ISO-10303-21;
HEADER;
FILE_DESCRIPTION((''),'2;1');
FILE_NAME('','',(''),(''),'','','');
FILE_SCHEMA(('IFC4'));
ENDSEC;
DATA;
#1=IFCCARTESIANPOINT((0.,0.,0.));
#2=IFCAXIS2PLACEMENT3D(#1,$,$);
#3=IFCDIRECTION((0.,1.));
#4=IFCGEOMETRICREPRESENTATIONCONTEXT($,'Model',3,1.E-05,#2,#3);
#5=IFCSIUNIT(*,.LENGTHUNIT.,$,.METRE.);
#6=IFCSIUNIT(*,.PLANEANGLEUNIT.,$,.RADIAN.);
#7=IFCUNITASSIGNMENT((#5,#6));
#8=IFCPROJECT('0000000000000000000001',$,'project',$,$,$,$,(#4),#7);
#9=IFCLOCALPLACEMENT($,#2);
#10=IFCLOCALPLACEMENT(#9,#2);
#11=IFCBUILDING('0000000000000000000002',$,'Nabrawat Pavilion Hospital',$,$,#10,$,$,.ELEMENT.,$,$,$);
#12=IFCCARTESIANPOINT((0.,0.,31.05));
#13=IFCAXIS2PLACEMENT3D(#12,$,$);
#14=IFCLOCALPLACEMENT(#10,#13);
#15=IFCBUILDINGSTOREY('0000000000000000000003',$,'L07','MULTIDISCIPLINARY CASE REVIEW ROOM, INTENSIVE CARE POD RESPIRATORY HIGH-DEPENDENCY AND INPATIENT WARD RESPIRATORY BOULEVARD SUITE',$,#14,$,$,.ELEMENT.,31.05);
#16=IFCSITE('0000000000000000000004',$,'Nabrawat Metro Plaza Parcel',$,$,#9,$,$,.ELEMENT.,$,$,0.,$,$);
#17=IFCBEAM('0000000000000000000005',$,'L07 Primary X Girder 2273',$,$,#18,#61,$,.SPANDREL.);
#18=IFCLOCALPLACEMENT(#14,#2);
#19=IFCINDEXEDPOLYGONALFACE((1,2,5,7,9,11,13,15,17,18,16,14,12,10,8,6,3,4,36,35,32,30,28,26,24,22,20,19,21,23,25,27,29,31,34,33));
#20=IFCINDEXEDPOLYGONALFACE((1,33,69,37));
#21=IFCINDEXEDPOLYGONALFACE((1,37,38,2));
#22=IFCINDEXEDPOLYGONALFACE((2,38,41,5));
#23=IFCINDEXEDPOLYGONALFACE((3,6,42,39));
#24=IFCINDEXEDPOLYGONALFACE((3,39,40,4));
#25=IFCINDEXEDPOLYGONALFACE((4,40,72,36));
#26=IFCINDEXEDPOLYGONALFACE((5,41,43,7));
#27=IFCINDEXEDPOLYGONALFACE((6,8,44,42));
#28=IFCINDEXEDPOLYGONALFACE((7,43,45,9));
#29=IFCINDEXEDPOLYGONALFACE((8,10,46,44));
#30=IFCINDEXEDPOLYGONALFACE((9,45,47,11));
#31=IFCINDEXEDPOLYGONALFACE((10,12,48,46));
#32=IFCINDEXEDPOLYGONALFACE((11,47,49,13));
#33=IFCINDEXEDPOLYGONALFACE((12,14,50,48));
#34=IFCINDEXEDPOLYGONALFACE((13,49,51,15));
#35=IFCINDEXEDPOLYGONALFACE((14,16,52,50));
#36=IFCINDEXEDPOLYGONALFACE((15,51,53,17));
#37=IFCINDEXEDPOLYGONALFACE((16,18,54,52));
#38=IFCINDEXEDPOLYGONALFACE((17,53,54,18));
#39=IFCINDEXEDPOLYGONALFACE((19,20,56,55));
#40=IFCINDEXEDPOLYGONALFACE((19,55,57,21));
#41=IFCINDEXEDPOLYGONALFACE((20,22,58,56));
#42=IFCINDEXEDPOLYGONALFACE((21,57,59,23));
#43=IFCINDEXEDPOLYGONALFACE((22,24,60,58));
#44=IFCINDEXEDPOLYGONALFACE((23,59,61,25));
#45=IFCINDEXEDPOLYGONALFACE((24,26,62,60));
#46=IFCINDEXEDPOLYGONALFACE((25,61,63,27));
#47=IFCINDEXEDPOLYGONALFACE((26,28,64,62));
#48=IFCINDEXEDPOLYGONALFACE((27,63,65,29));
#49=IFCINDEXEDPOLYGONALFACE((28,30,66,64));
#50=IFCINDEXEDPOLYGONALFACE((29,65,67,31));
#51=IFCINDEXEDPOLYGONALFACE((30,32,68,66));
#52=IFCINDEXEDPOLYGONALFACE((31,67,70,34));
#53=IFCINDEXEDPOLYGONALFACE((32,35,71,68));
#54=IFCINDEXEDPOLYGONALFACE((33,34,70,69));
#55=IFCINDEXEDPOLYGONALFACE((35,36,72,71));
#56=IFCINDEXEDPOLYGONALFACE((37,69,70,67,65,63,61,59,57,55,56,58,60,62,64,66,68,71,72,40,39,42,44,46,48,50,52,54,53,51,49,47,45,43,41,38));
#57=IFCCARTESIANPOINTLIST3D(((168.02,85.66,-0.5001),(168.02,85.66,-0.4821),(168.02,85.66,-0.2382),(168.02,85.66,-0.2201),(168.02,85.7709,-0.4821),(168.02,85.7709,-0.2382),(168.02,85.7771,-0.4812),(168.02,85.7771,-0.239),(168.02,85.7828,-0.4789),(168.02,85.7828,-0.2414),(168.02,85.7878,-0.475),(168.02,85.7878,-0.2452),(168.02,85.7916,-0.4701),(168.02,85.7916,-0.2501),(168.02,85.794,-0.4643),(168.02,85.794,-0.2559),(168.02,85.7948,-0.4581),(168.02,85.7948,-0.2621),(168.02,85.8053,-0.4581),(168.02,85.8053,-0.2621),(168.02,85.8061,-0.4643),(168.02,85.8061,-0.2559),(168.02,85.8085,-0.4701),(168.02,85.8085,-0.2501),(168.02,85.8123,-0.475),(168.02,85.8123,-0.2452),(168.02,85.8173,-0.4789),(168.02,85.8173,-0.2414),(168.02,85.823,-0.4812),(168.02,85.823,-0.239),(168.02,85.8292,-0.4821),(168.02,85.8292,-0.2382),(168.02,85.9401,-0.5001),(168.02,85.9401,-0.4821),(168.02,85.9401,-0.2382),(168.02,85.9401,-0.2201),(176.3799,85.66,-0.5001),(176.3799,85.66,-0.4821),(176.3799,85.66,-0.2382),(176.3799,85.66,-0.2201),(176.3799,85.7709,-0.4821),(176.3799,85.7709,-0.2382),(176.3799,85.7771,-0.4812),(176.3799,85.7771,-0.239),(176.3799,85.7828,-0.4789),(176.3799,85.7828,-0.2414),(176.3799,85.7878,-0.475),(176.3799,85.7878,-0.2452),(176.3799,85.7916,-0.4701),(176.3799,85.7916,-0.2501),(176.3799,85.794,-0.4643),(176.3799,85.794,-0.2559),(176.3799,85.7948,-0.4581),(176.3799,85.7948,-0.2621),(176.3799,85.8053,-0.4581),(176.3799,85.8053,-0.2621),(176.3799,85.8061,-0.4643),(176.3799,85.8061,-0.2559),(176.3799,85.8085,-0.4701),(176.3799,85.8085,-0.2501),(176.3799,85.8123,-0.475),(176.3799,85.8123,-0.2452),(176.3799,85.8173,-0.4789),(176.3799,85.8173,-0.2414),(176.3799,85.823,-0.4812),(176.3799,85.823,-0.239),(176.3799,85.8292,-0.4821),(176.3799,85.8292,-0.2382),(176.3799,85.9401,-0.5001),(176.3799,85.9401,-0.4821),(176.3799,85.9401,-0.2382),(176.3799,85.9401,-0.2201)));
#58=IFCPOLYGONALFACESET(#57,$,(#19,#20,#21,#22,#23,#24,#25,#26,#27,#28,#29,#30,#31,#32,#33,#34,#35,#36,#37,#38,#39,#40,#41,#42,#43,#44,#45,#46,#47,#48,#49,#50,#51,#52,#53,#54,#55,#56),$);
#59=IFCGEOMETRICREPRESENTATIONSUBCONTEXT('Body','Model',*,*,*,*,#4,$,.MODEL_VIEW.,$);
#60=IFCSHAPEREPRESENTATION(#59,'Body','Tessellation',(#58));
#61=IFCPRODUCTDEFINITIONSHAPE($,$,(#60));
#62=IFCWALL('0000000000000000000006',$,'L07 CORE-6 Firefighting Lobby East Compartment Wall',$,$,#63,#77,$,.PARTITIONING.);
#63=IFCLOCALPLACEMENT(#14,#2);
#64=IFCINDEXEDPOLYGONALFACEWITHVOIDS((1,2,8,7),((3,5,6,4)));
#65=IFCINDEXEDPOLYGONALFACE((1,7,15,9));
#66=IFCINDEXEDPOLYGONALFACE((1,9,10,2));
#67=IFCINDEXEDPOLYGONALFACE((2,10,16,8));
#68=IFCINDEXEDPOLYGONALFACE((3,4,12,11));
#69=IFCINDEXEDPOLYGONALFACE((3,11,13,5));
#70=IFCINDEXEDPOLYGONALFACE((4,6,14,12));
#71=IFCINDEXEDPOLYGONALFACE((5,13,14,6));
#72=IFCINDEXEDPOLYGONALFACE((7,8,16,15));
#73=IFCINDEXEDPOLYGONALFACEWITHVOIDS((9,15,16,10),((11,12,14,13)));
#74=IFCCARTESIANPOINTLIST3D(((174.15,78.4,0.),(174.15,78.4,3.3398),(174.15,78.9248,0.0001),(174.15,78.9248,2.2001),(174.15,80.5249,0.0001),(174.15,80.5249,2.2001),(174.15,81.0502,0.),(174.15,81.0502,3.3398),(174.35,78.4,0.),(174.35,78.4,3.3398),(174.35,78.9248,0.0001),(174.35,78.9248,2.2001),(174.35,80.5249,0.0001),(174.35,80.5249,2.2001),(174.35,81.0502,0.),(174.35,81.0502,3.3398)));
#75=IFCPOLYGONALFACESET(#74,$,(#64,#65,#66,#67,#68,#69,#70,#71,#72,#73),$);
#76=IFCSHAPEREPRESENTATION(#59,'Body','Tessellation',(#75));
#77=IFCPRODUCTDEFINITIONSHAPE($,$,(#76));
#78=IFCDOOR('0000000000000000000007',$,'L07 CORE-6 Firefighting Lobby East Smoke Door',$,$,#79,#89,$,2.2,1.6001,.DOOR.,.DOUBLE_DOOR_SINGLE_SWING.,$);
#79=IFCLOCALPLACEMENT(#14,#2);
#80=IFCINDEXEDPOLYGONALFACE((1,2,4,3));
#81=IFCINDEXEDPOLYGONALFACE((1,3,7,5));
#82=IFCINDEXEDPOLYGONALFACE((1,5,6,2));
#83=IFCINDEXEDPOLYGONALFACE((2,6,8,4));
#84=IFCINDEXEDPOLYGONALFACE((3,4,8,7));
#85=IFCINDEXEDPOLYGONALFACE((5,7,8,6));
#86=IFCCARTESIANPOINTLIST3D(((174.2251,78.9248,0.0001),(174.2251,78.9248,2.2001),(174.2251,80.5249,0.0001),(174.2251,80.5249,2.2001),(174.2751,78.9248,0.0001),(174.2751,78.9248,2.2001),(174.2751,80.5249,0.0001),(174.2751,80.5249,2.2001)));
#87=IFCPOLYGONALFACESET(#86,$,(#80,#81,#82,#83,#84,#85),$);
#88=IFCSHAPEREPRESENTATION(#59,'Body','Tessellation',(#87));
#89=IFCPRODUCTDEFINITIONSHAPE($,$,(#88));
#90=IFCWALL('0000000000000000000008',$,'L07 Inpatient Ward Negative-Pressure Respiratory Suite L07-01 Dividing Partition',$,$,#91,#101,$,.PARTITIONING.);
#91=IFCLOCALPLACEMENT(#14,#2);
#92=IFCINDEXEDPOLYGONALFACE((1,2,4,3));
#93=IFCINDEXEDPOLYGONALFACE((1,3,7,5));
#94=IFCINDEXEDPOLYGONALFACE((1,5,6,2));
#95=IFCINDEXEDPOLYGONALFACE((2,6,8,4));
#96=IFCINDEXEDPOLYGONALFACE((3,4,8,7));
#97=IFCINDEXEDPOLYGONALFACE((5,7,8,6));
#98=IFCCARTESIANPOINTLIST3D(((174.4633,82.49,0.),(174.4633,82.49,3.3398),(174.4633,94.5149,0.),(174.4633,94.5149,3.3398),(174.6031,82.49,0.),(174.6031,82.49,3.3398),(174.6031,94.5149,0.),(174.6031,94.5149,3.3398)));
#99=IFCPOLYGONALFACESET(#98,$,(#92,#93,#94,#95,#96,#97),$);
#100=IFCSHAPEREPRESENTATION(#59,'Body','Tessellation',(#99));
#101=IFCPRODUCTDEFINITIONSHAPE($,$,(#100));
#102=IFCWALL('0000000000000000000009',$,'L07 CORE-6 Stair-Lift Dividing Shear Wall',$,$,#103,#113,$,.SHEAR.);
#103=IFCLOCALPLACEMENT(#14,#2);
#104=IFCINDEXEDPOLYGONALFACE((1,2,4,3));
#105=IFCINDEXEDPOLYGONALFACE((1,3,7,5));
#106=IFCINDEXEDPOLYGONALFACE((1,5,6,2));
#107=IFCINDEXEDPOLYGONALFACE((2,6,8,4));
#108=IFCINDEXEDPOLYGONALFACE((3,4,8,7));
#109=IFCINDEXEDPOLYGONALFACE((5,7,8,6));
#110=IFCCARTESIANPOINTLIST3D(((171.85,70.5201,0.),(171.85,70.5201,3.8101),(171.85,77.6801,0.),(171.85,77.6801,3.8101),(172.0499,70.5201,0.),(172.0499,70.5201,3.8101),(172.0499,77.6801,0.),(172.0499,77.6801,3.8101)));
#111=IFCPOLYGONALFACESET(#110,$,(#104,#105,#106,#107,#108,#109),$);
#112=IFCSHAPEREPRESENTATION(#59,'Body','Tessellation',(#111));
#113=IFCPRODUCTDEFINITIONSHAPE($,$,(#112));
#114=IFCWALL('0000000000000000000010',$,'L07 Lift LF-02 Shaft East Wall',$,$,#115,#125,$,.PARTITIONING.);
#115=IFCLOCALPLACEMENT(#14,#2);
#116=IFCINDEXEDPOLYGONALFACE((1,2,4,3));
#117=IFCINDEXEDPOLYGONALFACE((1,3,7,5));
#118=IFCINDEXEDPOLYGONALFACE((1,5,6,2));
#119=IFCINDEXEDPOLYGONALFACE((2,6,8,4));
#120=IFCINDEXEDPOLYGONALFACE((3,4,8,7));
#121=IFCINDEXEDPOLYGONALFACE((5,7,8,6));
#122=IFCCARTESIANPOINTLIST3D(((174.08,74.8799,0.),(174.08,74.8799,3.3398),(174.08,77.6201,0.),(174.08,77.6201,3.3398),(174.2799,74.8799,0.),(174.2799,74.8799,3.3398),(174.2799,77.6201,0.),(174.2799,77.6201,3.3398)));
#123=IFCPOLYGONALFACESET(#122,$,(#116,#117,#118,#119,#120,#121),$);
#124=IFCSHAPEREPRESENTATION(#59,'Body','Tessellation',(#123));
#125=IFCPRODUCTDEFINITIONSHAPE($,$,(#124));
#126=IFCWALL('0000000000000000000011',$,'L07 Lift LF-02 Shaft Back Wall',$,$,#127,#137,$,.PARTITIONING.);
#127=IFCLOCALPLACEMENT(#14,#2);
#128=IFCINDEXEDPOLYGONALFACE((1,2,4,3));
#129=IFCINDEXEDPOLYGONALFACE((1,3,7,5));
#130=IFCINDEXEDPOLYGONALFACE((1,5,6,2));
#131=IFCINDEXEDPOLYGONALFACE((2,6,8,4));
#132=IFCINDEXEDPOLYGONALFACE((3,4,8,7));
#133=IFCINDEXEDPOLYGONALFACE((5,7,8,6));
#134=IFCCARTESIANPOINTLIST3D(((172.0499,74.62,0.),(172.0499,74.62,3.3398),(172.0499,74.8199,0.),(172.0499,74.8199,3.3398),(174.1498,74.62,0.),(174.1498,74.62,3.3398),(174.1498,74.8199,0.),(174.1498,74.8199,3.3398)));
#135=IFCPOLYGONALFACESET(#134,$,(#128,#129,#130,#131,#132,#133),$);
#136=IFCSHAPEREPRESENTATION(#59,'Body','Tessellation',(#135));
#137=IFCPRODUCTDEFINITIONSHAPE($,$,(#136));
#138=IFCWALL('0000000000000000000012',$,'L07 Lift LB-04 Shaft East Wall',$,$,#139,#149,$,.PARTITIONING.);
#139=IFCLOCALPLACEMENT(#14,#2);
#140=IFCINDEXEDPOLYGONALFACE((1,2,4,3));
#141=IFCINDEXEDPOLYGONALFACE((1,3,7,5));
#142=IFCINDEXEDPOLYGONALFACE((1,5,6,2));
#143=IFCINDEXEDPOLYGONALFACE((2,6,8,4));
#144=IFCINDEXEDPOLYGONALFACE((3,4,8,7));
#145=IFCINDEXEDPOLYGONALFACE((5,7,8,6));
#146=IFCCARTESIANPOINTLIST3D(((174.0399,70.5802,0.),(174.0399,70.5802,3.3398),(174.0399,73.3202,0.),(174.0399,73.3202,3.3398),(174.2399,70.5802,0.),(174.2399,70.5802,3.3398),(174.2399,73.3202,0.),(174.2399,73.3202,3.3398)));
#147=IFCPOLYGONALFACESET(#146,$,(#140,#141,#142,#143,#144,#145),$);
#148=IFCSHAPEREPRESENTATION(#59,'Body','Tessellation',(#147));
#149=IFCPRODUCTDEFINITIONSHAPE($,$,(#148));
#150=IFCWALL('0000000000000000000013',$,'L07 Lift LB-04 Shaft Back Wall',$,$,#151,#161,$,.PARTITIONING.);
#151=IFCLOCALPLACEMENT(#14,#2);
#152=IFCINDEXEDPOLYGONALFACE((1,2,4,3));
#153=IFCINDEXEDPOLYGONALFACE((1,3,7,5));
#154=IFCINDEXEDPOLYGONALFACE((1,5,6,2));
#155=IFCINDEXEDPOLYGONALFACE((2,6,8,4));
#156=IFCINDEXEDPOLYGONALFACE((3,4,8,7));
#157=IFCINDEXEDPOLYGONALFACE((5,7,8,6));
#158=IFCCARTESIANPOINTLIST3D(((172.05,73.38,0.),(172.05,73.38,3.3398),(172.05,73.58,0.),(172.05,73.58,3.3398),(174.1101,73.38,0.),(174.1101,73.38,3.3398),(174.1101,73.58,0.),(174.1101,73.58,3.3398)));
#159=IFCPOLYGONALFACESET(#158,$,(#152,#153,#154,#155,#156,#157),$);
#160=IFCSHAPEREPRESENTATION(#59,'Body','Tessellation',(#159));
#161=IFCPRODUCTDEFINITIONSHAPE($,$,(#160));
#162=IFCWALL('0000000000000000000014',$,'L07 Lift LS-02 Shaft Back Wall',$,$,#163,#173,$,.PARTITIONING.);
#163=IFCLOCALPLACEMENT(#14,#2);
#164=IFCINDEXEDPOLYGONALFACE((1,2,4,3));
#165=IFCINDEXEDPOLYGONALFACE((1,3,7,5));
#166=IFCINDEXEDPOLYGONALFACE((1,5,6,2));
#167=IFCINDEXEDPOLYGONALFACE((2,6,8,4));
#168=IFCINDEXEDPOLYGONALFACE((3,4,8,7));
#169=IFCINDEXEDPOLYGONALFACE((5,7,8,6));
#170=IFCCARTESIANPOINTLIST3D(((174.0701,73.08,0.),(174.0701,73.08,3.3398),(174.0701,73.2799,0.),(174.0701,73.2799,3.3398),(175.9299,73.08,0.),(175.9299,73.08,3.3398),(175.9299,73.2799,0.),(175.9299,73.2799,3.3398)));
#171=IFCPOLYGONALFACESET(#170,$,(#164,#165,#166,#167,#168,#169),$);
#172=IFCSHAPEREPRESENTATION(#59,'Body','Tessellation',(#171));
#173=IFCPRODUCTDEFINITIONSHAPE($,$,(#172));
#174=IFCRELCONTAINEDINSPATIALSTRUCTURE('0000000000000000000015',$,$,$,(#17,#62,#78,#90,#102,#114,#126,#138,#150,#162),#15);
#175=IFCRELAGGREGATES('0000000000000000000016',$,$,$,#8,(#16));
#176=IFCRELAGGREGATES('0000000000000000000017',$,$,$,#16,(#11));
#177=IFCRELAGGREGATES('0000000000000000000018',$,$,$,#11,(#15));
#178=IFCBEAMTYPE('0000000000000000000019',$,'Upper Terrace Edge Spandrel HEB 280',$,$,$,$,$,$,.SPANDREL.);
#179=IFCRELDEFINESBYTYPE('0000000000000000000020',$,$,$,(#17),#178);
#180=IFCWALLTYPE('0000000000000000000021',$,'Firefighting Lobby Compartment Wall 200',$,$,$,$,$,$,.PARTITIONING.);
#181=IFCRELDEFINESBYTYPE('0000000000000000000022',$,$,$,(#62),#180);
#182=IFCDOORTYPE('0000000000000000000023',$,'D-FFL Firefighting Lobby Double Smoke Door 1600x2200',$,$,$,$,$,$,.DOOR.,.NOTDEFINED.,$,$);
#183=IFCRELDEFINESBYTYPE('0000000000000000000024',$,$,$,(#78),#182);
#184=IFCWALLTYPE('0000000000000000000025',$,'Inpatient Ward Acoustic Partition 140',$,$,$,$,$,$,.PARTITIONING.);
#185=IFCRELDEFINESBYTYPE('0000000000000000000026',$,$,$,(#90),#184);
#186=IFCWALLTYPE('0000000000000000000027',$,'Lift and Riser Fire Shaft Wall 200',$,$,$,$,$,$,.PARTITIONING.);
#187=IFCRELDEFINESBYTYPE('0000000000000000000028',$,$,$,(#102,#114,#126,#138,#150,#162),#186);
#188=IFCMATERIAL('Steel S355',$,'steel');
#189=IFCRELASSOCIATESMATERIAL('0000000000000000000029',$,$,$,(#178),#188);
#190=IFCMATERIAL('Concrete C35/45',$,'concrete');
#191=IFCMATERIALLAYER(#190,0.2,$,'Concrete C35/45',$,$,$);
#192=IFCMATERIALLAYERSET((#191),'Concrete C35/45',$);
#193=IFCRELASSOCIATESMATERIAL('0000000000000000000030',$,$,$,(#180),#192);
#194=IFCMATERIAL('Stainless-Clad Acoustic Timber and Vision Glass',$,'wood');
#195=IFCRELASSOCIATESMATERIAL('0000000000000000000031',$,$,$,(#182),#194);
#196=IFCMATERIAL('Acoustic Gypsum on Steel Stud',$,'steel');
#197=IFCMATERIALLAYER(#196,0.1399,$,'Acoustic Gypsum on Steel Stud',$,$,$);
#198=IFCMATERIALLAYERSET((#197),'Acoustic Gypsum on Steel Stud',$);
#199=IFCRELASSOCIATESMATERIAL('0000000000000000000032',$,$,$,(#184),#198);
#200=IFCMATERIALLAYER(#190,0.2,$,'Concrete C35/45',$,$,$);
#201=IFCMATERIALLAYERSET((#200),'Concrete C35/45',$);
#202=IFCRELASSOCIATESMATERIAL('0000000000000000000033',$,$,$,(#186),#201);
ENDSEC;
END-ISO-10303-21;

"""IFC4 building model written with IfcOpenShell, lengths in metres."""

from ifc_helpers import new_model, si_unit, direction, frame, frame_2d, origin, origin_2d, place, context, subcontext, project, spatial, rectangle, i_section, extrude, material, layer, layer_set, material_profile, profile_set, type_object, element, fill, save


model = new_model("IFC4")

# Units and contexts
model_context = context("Model", 3, precision=1e-05, world=origin(), true_north=direction((0.0, 1.0)))
body_context = subcontext(model_context, "Body", "Model", "MODEL_VIEW")
ifc_project = project(units=[si_unit("LENGTHUNIT", "METRE"), si_unit("PLANEANGLEUNIT", "RADIAN")], contexts=[model_context])

# Site, building, storey
site_placement = place(None, origin())
site = spatial("IfcSite", under=ifc_project, at=site_placement, Name="Nabrawat Metro Plaza Parcel", CompositionType="ELEMENT", RefElevation=0.0)
building_placement = place(site_placement, origin())
building = spatial("IfcBuilding", under=site, at=building_placement, Name="Nabrawat Pavilion Hospital", CompositionType="ELEMENT")
storey_placement = place(building_placement, frame((0.0, 0.0, 31.05)))
storey = spatial("IfcBuildingStorey", under=building, at=storey_placement, Name="L07", Description="MULTIDISCIPLINARY CASE REVIEW ROOM, INTENSIVE CARE POD RESPIRATORY HIGH-DEPENDENCY AND INPATIENT WARD RESPIRATORY BOULEVARD SUITE", CompositionType="ELEMENT", Elevation=31.05)

# Shared definitions
ifc_material_1 = material(Name="Steel S355", Category="steel")

# Beam
ifc_material_profile_1 = material_profile(ifc_material_1, i_section(OverallWidth=0.28, OverallDepth=0.28, WebThickness=0.0105, FlangeThickness=0.0181, FilletRadius=0.0239, at=origin_2d()), Name="HEB 280")
ifc_profile_set_1 = profile_set([ifc_material_profile_1], Name="Steel S355")
beam_type_1 = type_object("IfcBeamType", Name="Upper Terrace Edge Spandrel HEB 280", PredefinedType="SPANDREL", material=ifc_profile_set_1)
beam_1_placement = place(storey_placement, frame((168.02, 85.8, -0.3601), z_axis=(1.0, 0.0, 0.0), x_axis=(0.0, 1.0, 0.0)))
element("IfcBeam", 1, at=beam_1_placement, inside=storey, type_object=beam_type_1, Name="L07 Primary X Girder 2273", PredefinedType="SPANDREL", context=body_context, shape_type="SweptSolid", body=[
    extrude(i_section(OverallWidth=0.28, OverallDepth=0.28, WebThickness=0.0105, FlangeThickness=0.0181, FilletRadius=0.0239, at=origin_2d()), origin(), (0.0, 0.0, 1.0), 8.3599),
])

# Wall, opening, door
ifc_material_2 = material(Name="Concrete C35/45", Category="concrete")
ifc_layer_1 = layer(ifc_material_2, 0.2, Name="Concrete C35/45")
ifc_layer_set_1 = layer_set([ifc_layer_1], Name="Concrete C35/45")
wall_type_1 = type_object("IfcWallType", Name="Firefighting Lobby Compartment Wall 200", PredefinedType="PARTITIONING", material=ifc_layer_set_1)
wall_1_placement = place(storey_placement, frame((174.25, 78.3999, 0.0), z_axis=(0.0, 0.0, 1.0), x_axis=(0.0, 1.0, 0.0)))
wall_1 = element("IfcWall", 2, at=wall_1_placement, inside=storey, type_object=wall_type_1, Name="L07 CORE-6 Firefighting Lobby East Compartment Wall", PredefinedType="PARTITIONING", context=body_context, shape_type="SweptSolid", body=[
    extrude(rectangle(XDim=2.6501, YDim=0.2, at=frame_2d((1.3252, 0.0))), origin(), (0.0, 0.0, 1.0), 3.3398),
])
opening_1_placement = place(wall_1_placement, frame((0.5249, 0.0, 0.0)))
opening_1 = element("IfcOpeningElement", 3, at=opening_1_placement, cuts=wall_1, PredefinedType="OPENING", context=body_context, shape_type="SweptSolid", body=[
    extrude(rectangle(XDim=1.6001, YDim=2.2, at=frame_2d((0.8, 1.1001))), frame((0.0, 0.1099, 0.0), z_axis=(0.0, -1.0, 0.0), x_axis=(1.0, 0.0, 0.0)), (0.0, 0.0, 1.0), 0.22),
])
ifc_material_3 = material(Name="Stainless-Clad Acoustic Timber and Vision Glass", Category="wood")
door_type_1 = type_object("IfcDoorType", Name="D-FFL Firefighting Lobby Double Smoke Door 1600x2200", OperationType="NOTDEFINED", PredefinedType="DOOR", material=ifc_material_3)
door_1_placement = place(opening_1_placement, origin())
door_1 = element("IfcDoor", 4, at=door_1_placement, inside=storey, type_object=door_type_1, Name="L07 CORE-6 Firefighting Lobby East Smoke Door", OperationType="DOUBLE_DOOR_SINGLE_SWING", OverallHeight=2.2, OverallWidth=1.6001, PredefinedType="DOOR", context=body_context, shape_type="SweptSolid", body=[
    extrude(rectangle(XDim=1.6001, YDim=2.2, at=frame_2d((0.8, 1.1001))), frame((0.0, 0.0249, 0.0), z_axis=(0.0, -1.0, 0.0), x_axis=(1.0, 0.0, 0.0)), (0.0, 0.0, 1.0), 0.05),
])
fill(opening_1, door_1)

# Walls
ifc_material_4 = material(Name="Acoustic Gypsum on Steel Stud", Category="steel")
ifc_layer_2 = layer(ifc_material_4, 0.1399, Name="Acoustic Gypsum on Steel Stud")
ifc_layer_set_2 = layer_set([ifc_layer_2], Name="Acoustic Gypsum on Steel Stud")
wall_type_2 = type_object("IfcWallType", Name="Inpatient Ward Acoustic Partition 140", PredefinedType="PARTITIONING", material=ifc_layer_set_2)
wall_2_placement = place(storey_placement, frame((174.5332, 82.49, 0.0), z_axis=(0.0, 0.0, 1.0), x_axis=(0.0, 1.0, 0.0)))
element("IfcWall", 5, at=wall_2_placement, inside=storey, type_object=wall_type_2, Name="L07 Inpatient Ward Negative-Pressure Respiratory Suite L07-01 Dividing Partition", PredefinedType="PARTITIONING", context=body_context, shape_type="SweptSolid", body=[
    extrude(rectangle(XDim=12.0249, YDim=0.1399, at=frame_2d((6.0125, 0.0))), origin(), (0.0, 0.0, 1.0), 3.3398),
])
ifc_layer_3 = layer(ifc_material_2, 0.2, Name="Concrete C35/45")
ifc_layer_set_3 = layer_set([ifc_layer_3], Name="Concrete C35/45")
wall_type_3 = type_object("IfcWallType", Name="Lift and Riser Fire Shaft Wall 200", PredefinedType="PARTITIONING", material=ifc_layer_set_3)
wall_3_placement = place(storey_placement, frame((171.95, 70.52, 0.0), z_axis=(0.0, 0.0, 1.0), x_axis=(0.0, 1.0, 0.0)))
element("IfcWall", 6, at=wall_3_placement, inside=storey, type_object=wall_type_3, Name="L07 CORE-6 Stair-Lift Dividing Shear Wall", PredefinedType="SHEAR", context=body_context, shape_type="SweptSolid", body=[
    extrude(rectangle(XDim=7.1599, YDim=0.2, at=frame_2d((3.5801, 0.0))), origin(), (0.0, 0.0, 1.0), 3.8101),
])
wall_4_placement = place(storey_placement, frame((174.1799, 74.8799, 0.0), z_axis=(0.0, 0.0, 1.0), x_axis=(0.0, 1.0, 0.0)))
element("IfcWall", 7, at=wall_4_placement, inside=storey, type_object=wall_type_3, Name="L07 Lift LF-02 Shaft East Wall", PredefinedType="PARTITIONING", context=body_context, shape_type="SweptSolid", body=[
    extrude(rectangle(XDim=2.7402, YDim=0.2, at=frame_2d((1.3701, 0.0))), origin(), (0.0, 0.0, 1.0), 3.3398),
])
wall_5_placement = place(storey_placement, frame((172.05, 74.72, 0.0), z_axis=(0.0, 0.0, 1.0), x_axis=(1.0, 0.0, 0.0)))
element("IfcWall", 8, at=wall_5_placement, inside=storey, type_object=wall_type_3, Name="L07 Lift LF-02 Shaft Back Wall", PredefinedType="PARTITIONING", context=body_context, shape_type="SweptSolid", body=[
    extrude(rectangle(XDim=2.0999, YDim=0.2, at=frame_2d((1.0498, 0.0))), origin(), (0.0, 0.0, 1.0), 3.3398),
])
wall_6_placement = place(storey_placement, frame((174.1399, 70.5801, 0.0), z_axis=(0.0, 0.0, 1.0), x_axis=(0.0, 1.0, 0.0)))
element("IfcWall", 9, at=wall_6_placement, inside=storey, type_object=wall_type_3, Name="L07 Lift LB-04 Shaft East Wall", PredefinedType="PARTITIONING", context=body_context, shape_type="SweptSolid", body=[
    extrude(rectangle(XDim=2.74, YDim=0.2, at=frame_2d((1.3701, 0.0))), origin(), (0.0, 0.0, 1.0), 3.3398),
])
wall_7_placement = place(storey_placement, frame((172.05, 73.48, 0.0), z_axis=(0.0, 0.0, 1.0), x_axis=(1.0, 0.0, 0.0)))
element("IfcWall", 10, at=wall_7_placement, inside=storey, type_object=wall_type_3, Name="L07 Lift LB-04 Shaft Back Wall", PredefinedType="PARTITIONING", context=body_context, shape_type="SweptSolid", body=[
    extrude(rectangle(XDim=2.0601, YDim=0.2, at=frame_2d((1.03, 0.0))), origin(), (0.0, 0.0, 1.0), 3.3398),
])
wall_8_placement = place(storey_placement, frame((174.0701, 73.1799, 0.0), z_axis=(0.0, 0.0, 1.0), x_axis=(1.0, 0.0, 0.0)))
element("IfcWall", 11, at=wall_8_placement, inside=storey, type_object=wall_type_3, Name="L07 Lift LS-02 Shaft Back Wall", PredefinedType="PARTITIONING", context=body_context, shape_type="SweptSolid", body=[
    extrude(rectangle(XDim=1.8599, YDim=0.2, at=frame_2d((0.9299, 0.0))), origin(), (0.0, 0.0, 1.0), 3.3398),
])

save(model, "model.ifc")
